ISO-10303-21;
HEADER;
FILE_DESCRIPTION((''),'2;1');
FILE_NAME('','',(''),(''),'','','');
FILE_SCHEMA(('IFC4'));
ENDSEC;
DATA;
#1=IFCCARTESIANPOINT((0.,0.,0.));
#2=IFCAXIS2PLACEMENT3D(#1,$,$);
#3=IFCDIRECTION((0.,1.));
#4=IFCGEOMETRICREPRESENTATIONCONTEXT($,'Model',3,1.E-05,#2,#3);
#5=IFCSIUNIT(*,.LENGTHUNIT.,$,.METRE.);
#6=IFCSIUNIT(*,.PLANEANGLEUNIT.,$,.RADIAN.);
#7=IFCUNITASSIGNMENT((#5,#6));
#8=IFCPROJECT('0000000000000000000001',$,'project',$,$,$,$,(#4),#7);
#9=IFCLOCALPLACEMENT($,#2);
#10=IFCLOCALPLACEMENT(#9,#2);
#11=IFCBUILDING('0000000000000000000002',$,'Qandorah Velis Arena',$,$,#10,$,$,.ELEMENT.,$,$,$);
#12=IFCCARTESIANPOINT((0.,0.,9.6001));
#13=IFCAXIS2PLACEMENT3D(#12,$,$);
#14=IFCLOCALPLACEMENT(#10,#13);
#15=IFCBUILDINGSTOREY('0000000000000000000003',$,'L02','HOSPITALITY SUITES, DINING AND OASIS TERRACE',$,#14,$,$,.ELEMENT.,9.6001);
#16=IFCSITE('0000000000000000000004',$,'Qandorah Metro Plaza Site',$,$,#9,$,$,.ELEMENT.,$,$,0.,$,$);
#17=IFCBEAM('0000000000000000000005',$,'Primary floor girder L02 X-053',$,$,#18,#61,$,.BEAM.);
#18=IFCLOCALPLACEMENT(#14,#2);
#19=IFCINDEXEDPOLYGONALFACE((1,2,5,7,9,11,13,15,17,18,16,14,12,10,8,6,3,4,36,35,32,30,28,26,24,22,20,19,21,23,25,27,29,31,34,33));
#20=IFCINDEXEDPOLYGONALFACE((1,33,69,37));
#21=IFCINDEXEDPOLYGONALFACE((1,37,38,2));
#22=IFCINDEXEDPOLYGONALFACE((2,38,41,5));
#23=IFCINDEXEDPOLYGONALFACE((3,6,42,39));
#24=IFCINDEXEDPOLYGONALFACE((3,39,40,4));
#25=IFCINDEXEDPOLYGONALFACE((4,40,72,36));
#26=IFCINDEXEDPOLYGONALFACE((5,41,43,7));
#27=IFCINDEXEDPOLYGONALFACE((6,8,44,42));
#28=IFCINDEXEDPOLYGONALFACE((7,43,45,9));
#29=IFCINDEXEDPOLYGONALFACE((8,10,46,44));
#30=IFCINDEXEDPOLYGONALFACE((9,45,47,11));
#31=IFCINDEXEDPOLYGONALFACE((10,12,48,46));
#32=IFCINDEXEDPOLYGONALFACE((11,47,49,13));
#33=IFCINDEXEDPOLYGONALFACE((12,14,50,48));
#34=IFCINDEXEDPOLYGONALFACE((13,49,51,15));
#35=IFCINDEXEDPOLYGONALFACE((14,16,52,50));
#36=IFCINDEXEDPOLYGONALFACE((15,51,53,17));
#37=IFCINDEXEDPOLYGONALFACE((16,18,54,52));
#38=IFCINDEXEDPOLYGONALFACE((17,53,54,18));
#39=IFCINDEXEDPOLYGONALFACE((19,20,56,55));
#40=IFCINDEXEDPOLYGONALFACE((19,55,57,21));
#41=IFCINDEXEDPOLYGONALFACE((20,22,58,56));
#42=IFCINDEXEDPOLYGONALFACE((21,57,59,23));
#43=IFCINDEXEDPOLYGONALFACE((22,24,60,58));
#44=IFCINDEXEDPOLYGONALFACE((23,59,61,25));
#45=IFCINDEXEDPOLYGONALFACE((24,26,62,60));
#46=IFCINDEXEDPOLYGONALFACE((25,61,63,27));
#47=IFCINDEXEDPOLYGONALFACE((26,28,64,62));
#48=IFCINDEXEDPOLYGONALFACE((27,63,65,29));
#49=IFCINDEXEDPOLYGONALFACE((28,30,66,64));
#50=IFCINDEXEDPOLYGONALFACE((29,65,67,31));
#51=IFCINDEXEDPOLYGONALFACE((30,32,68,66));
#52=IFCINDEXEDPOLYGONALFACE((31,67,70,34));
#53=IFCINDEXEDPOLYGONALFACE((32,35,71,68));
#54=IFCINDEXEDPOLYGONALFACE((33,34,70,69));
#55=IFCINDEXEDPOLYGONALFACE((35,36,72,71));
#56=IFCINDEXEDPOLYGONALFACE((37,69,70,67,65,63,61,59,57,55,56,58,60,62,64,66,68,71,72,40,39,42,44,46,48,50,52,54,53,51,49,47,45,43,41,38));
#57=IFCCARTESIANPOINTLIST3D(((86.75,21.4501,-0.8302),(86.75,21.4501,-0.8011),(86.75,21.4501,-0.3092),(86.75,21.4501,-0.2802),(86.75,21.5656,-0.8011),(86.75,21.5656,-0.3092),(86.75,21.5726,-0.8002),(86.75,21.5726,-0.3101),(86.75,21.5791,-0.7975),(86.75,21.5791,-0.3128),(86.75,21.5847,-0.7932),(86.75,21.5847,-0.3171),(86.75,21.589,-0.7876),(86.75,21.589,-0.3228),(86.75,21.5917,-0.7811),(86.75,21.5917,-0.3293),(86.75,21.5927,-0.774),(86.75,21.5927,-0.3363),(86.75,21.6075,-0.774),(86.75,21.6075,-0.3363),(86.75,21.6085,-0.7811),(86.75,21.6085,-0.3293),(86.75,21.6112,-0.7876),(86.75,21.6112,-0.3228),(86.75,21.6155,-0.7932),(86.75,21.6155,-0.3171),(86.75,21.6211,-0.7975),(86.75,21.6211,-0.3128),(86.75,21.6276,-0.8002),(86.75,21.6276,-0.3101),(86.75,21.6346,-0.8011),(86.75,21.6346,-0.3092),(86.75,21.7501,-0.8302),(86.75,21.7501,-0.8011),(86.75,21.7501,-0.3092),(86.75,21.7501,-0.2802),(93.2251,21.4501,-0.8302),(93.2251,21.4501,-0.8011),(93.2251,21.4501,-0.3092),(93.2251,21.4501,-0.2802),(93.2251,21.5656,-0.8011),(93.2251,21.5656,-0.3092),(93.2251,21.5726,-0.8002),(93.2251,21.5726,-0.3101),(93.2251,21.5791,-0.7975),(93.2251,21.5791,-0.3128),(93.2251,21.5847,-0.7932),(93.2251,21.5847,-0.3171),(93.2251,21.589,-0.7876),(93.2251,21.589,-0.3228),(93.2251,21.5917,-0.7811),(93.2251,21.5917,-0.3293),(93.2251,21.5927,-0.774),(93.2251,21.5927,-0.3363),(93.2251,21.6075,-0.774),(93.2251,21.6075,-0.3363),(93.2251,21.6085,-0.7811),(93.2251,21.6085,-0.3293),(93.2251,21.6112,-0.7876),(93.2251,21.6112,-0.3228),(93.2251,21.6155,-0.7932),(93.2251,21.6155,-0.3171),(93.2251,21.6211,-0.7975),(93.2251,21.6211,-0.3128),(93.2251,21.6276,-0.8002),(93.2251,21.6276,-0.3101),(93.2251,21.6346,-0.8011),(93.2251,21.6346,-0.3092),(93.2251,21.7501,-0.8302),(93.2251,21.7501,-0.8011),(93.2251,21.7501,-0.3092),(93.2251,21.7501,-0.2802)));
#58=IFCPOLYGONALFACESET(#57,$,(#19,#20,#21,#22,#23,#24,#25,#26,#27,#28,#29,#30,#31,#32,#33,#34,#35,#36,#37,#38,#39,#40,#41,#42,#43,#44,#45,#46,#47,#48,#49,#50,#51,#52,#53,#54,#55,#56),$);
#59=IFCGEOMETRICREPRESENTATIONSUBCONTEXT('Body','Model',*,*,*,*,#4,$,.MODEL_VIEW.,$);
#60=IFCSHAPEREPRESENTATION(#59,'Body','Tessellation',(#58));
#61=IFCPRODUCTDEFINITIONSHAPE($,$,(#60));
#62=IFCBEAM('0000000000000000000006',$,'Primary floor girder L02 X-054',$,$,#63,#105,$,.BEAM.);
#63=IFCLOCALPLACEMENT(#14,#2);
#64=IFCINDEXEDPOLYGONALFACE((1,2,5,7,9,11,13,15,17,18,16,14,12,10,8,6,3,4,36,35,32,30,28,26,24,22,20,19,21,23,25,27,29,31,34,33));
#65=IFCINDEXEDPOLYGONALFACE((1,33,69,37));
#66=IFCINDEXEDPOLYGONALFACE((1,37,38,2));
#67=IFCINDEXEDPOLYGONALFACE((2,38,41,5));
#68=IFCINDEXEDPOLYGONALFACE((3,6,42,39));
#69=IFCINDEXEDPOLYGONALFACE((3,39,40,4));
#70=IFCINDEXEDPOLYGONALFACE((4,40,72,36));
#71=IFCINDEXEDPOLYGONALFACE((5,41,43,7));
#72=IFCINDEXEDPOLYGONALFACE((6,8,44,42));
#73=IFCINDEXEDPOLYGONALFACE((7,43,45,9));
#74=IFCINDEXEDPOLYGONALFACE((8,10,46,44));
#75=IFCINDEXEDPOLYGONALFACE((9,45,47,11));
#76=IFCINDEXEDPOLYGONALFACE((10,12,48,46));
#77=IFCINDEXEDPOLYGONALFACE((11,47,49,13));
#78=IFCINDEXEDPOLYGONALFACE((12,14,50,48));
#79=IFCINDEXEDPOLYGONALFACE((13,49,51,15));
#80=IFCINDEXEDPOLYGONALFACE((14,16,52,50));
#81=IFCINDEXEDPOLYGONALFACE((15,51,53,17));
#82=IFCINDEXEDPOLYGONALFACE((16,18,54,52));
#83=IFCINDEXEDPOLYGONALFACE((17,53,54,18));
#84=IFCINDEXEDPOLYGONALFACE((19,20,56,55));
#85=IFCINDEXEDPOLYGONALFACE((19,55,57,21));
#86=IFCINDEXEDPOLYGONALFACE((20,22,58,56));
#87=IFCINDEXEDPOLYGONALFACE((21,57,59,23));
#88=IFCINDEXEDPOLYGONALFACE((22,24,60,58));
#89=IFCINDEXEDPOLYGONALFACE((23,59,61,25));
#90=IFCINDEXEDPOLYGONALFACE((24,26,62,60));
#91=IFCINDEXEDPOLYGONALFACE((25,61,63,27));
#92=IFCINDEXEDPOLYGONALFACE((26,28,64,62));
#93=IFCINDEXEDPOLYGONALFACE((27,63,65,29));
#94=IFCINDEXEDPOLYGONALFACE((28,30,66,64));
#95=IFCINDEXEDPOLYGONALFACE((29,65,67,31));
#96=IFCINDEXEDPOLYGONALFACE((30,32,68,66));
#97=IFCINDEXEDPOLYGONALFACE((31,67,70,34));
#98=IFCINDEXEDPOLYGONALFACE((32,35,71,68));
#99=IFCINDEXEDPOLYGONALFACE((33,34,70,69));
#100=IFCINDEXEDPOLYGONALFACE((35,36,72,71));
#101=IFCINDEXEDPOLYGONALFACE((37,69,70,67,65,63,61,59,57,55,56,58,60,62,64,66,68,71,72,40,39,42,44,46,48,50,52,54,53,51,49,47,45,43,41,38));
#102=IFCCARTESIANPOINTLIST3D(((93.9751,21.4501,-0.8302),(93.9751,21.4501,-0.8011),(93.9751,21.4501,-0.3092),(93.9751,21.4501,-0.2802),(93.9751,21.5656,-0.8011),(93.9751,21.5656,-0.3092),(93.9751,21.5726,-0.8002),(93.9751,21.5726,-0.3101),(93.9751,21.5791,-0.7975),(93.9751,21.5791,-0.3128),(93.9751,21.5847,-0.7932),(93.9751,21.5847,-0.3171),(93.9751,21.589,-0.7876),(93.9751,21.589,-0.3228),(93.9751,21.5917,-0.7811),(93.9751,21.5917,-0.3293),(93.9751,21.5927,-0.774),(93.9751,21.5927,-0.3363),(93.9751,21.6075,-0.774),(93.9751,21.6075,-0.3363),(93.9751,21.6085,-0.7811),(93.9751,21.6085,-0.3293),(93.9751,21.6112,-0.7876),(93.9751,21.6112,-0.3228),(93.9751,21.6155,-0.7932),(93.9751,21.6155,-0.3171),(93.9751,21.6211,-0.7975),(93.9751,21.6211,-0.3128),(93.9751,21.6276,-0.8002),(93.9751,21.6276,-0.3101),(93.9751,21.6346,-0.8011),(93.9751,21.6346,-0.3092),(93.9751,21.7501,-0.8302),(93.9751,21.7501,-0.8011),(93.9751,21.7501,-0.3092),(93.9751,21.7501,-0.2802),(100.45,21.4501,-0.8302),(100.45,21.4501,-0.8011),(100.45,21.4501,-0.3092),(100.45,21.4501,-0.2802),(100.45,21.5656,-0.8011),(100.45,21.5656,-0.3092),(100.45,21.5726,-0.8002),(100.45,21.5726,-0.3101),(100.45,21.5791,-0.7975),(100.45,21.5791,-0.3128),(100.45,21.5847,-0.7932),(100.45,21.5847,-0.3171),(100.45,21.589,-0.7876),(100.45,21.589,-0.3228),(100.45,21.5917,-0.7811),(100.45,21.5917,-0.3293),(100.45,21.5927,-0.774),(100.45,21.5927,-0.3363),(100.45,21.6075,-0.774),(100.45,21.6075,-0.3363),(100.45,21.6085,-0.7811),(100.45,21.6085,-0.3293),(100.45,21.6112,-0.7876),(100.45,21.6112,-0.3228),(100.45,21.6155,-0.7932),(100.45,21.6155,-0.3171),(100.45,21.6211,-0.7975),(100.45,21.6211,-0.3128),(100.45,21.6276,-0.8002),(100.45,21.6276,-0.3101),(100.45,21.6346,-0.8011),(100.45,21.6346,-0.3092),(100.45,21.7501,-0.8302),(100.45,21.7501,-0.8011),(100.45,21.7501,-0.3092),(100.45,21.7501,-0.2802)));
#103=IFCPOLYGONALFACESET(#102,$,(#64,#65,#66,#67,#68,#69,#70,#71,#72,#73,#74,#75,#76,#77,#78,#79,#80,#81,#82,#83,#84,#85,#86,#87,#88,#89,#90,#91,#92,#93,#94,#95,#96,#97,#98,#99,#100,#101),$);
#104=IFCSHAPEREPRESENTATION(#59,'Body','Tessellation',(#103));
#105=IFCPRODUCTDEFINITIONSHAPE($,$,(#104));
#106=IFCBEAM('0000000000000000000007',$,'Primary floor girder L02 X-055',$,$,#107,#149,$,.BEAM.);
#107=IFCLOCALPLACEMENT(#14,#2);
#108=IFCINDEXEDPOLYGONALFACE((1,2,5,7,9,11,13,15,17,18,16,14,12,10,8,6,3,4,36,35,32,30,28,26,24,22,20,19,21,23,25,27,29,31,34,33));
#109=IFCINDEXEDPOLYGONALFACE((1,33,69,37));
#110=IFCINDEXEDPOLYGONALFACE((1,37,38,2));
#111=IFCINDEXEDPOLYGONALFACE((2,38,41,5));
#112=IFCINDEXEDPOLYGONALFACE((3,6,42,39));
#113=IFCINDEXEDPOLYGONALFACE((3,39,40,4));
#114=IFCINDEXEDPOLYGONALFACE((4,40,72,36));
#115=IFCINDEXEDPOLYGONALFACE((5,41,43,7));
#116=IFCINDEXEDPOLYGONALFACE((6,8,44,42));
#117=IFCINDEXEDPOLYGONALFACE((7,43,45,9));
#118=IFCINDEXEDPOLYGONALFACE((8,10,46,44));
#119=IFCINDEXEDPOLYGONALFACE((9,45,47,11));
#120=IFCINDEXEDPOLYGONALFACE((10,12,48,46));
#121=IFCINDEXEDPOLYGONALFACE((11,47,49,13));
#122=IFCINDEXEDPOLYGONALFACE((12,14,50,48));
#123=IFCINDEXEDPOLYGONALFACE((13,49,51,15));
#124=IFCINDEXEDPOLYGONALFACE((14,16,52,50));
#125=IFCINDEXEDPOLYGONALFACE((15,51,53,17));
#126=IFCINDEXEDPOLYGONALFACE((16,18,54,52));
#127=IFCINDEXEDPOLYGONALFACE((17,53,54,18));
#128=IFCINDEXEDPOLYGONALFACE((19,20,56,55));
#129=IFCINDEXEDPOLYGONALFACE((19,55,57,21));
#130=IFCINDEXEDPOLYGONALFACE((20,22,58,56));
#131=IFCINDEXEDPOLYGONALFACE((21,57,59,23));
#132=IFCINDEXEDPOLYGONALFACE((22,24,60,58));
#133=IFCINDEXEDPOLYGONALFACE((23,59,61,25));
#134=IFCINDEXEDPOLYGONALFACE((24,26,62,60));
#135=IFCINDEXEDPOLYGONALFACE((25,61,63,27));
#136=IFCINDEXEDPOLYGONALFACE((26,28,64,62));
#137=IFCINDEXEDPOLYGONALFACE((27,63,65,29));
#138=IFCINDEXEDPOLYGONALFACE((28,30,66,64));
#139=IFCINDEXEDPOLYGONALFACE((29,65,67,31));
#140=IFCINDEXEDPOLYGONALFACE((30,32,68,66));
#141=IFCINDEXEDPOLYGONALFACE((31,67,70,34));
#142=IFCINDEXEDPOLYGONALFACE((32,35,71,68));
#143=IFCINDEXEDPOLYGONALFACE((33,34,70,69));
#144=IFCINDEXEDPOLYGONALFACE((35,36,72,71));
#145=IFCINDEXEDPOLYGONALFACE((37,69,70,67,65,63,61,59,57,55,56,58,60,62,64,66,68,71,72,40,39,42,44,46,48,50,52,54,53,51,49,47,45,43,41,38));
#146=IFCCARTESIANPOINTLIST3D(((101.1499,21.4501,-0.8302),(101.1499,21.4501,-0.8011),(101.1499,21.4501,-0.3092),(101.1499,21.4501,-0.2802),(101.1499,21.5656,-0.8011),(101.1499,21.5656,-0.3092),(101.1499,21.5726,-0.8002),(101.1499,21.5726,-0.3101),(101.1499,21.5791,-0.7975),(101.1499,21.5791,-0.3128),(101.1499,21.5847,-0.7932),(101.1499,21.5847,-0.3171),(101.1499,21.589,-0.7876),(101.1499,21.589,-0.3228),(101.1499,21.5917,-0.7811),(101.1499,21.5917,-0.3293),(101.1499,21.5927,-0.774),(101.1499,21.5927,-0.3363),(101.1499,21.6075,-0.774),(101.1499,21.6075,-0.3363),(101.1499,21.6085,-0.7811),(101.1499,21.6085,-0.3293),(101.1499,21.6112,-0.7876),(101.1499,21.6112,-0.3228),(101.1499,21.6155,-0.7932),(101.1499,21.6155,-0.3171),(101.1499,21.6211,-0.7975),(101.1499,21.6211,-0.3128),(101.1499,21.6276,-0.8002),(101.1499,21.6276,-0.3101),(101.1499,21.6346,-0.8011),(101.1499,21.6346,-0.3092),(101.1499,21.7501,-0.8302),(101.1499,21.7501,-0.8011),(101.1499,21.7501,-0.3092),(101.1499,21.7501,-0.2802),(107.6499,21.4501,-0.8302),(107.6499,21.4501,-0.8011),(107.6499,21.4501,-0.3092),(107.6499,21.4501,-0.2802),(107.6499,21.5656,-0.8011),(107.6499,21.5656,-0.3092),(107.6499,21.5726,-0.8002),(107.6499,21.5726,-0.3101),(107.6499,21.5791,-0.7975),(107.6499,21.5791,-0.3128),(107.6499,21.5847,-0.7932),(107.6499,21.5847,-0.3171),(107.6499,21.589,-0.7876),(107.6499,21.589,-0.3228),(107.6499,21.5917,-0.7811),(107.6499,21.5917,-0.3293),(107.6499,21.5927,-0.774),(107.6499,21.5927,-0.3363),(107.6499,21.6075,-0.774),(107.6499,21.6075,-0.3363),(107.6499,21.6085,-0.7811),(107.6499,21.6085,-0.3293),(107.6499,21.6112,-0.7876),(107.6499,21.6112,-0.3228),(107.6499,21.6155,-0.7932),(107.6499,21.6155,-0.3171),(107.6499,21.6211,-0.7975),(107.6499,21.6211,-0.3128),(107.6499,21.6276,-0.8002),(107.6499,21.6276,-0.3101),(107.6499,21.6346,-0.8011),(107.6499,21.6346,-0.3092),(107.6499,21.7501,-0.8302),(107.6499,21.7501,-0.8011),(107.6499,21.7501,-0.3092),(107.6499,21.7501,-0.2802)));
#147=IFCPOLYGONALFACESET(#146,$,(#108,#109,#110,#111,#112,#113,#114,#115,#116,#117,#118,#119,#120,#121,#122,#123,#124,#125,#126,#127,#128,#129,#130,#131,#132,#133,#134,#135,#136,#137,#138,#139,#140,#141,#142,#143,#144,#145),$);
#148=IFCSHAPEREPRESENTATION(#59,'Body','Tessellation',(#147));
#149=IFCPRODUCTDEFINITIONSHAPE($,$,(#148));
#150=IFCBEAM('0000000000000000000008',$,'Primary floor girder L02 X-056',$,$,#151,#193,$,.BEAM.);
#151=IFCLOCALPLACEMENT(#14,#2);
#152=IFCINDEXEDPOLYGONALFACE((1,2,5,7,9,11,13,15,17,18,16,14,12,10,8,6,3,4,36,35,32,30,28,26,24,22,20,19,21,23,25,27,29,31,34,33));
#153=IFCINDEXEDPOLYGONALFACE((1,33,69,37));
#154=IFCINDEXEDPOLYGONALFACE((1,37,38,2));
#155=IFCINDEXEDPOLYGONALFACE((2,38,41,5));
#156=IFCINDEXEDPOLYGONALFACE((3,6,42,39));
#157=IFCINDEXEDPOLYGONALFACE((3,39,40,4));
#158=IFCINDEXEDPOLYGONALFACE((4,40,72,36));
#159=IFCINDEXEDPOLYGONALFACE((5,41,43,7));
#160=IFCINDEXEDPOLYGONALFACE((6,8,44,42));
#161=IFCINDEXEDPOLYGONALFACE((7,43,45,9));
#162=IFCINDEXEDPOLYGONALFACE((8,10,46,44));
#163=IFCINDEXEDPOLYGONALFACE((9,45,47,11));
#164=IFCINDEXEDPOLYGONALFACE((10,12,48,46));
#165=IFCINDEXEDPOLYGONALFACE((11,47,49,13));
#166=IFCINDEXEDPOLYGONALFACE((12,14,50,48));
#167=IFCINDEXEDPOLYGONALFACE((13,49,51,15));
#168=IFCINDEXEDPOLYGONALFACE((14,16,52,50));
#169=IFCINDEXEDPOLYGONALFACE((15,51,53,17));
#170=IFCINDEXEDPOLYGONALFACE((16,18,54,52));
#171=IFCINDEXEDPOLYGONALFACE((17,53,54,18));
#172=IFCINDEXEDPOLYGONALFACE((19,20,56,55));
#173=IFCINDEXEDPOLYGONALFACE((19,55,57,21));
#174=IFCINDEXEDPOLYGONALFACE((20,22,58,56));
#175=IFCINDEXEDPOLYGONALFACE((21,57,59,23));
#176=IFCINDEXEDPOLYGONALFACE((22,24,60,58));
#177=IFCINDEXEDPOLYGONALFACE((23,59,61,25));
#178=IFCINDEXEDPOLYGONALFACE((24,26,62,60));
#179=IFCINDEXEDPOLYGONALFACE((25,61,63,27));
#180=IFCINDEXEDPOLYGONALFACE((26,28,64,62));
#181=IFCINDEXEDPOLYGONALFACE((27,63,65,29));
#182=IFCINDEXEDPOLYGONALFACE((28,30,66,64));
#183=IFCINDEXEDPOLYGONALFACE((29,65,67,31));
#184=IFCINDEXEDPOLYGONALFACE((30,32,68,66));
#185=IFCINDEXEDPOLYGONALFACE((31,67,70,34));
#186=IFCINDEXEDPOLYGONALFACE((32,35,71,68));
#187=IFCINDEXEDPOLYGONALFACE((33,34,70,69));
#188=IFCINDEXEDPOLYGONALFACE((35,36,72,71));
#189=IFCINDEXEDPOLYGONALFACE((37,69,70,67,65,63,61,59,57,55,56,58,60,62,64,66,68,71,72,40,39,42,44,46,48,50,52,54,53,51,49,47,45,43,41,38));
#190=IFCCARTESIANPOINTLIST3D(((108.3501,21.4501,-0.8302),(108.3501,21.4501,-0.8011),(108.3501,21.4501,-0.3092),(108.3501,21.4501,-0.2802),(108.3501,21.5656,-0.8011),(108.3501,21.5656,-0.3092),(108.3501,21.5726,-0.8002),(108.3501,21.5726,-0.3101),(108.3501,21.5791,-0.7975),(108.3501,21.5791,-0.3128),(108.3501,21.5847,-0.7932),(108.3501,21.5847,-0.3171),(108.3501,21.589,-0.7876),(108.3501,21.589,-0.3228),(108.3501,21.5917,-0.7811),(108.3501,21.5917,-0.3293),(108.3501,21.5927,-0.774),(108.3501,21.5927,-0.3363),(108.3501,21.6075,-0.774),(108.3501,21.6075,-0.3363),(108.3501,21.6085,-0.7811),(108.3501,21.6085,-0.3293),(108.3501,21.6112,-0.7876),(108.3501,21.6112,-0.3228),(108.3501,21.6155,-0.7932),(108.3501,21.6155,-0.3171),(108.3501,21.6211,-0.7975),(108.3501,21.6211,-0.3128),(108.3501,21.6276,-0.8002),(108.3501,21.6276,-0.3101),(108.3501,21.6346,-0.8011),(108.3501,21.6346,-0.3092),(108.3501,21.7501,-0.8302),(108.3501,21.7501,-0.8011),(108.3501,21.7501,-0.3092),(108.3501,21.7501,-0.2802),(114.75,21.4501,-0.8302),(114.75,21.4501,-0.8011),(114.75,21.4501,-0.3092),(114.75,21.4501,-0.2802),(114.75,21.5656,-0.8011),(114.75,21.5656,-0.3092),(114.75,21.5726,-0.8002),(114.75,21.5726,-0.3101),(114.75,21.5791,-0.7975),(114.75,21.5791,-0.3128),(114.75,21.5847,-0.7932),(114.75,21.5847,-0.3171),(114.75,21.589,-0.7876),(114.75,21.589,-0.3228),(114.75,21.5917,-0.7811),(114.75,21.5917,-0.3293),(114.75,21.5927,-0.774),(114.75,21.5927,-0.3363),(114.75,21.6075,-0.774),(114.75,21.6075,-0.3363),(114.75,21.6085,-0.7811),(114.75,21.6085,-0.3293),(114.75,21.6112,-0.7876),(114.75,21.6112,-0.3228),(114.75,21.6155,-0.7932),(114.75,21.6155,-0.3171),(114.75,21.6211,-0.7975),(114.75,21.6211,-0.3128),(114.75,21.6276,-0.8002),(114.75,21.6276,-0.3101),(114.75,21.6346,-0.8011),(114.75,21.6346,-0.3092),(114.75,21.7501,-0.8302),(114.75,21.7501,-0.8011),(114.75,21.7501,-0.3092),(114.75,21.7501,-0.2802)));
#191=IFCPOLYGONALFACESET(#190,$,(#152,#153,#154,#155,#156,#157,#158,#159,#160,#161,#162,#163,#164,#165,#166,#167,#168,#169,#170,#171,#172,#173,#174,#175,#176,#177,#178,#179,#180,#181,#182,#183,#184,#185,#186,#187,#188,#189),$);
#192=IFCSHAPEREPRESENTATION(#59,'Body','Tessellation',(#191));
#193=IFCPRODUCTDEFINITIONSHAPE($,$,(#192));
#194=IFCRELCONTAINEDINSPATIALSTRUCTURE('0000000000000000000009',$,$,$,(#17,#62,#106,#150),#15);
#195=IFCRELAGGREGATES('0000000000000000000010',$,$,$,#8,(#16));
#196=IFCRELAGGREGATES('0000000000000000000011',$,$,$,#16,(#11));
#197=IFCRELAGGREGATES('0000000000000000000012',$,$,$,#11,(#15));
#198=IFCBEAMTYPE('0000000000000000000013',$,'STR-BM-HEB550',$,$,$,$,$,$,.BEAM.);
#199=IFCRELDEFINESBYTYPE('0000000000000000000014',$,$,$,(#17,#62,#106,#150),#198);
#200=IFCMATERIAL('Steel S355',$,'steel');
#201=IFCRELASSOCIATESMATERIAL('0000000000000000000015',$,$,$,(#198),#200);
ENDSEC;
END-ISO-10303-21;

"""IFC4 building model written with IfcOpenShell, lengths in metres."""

from ifc_helpers import new_model, si_unit, direction, frame, origin, origin_2d, place, context, subcontext, project, spatial, i_section, extrude, material, material_profile, profile_set, type_object, element, save


model = new_model("IFC4")

# Units and contexts
model_context = context("Model", 3, precision=1e-05, world=origin(), true_north=direction((0.0, 1.0)))
body_context = subcontext(model_context, "Body", "Model", "MODEL_VIEW")
ifc_project = project(units=[si_unit("LENGTHUNIT", "METRE"), si_unit("PLANEANGLEUNIT", "RADIAN")], contexts=[model_context])

# Site, building, storey
site_placement = place(None, origin())
site = spatial("IfcSite", under=ifc_project, at=site_placement, Name="Qandorah Metro Plaza Site", CompositionType="ELEMENT", RefElevation=0.0)
building_placement = place(site_placement, origin())
building = spatial("IfcBuilding", under=site, at=building_placement, Name="Qandorah Velis Arena", CompositionType="ELEMENT")
storey_placement = place(building_placement, frame((0.0, 0.0, 9.6001)))
storey = spatial("IfcBuildingStorey", under=building, at=storey_placement, Name="L02", Description="HOSPITALITY SUITES, DINING AND OASIS TERRACE", CompositionType="ELEMENT", Elevation=9.6001)

# Shared definitions
ifc_material_1 = material(Name="Steel S355", Category="steel")

# Beams
ifc_material_profile_1 = material_profile(ifc_material_1, i_section(OverallWidth=0.3, OverallDepth=0.55, WebThickness=0.0149, FlangeThickness=0.0291, FilletRadius=0.0271, at=origin_2d()), Name="HEB 550")
ifc_profile_set_1 = profile_set([ifc_material_profile_1], Name="Steel S355")
beam_type_1 = type_object("IfcBeamType", Name="STR-BM-HEB550", PredefinedType="BEAM", material=ifc_profile_set_1)
beam_1_placement = place(storey_placement, frame((86.75, 21.6001, -0.5552), z_axis=(1.0, 0.0, 0.0), x_axis=(0.0, 1.0, 0.0)))
element("IfcBeam", 1, at=beam_1_placement, inside=storey, type_object=beam_type_1, Name="Primary floor girder L02 X-053", PredefinedType="BEAM", context=body_context, shape_type="SweptSolid", body=[
    extrude(i_section(OverallWidth=0.3, OverallDepth=0.55, WebThickness=0.0149, FlangeThickness=0.0291, FilletRadius=0.0271, at=origin_2d()), origin(), (0.0, 0.0, 1.0), 6.4751),
])
beam_2_placement = place(storey_placement, frame((93.9751, 21.6001, -0.5552), z_axis=(1.0, 0.0, 0.0), x_axis=(0.0, 1.0, 0.0)))
element("IfcBeam", 2, at=beam_2_placement, inside=storey, type_object=beam_type_1, Name="Primary floor girder L02 X-054", PredefinedType="BEAM", context=body_context, shape_type="SweptSolid", body=[
    extrude(i_section(OverallWidth=0.3, OverallDepth=0.55, WebThickness=0.0149, FlangeThickness=0.0291, FilletRadius=0.0271, at=origin_2d()), origin(), (0.0, 0.0, 1.0), 6.4749),
])
beam_3_placement = place(storey_placement, frame((101.1499, 21.6001, -0.5552), z_axis=(1.0, 0.0, 0.0), x_axis=(0.0, 1.0, 0.0)))
element("IfcBeam", 3, at=beam_3_placement, inside=storey, type_object=beam_type_1, Name="Primary floor girder L02 X-055", PredefinedType="BEAM", context=body_context, shape_type="SweptSolid", body=[
    extrude(i_section(OverallWidth=0.3, OverallDepth=0.55, WebThickness=0.0149, FlangeThickness=0.0291, FilletRadius=0.0271, at=origin_2d()), origin(), (0.0, 0.0, 1.0), 6.5),
])
beam_4_placement = place(storey_placement, frame((108.3501, 21.6001, -0.5552), z_axis=(1.0, 0.0, 0.0), x_axis=(0.0, 1.0, 0.0)))
element("IfcBeam", 4, at=beam_4_placement, inside=storey, type_object=beam_type_1, Name="Primary floor girder L02 X-056", PredefinedType="BEAM", context=body_context, shape_type="SweptSolid", body=[
    extrude(i_section(OverallWidth=0.3, OverallDepth=0.55, WebThickness=0.0149, FlangeThickness=0.0291, FilletRadius=0.0271, at=origin_2d()), origin(), (0.0, 0.0, 1.0), 6.3999),
])

save(model, "model.ifc")
